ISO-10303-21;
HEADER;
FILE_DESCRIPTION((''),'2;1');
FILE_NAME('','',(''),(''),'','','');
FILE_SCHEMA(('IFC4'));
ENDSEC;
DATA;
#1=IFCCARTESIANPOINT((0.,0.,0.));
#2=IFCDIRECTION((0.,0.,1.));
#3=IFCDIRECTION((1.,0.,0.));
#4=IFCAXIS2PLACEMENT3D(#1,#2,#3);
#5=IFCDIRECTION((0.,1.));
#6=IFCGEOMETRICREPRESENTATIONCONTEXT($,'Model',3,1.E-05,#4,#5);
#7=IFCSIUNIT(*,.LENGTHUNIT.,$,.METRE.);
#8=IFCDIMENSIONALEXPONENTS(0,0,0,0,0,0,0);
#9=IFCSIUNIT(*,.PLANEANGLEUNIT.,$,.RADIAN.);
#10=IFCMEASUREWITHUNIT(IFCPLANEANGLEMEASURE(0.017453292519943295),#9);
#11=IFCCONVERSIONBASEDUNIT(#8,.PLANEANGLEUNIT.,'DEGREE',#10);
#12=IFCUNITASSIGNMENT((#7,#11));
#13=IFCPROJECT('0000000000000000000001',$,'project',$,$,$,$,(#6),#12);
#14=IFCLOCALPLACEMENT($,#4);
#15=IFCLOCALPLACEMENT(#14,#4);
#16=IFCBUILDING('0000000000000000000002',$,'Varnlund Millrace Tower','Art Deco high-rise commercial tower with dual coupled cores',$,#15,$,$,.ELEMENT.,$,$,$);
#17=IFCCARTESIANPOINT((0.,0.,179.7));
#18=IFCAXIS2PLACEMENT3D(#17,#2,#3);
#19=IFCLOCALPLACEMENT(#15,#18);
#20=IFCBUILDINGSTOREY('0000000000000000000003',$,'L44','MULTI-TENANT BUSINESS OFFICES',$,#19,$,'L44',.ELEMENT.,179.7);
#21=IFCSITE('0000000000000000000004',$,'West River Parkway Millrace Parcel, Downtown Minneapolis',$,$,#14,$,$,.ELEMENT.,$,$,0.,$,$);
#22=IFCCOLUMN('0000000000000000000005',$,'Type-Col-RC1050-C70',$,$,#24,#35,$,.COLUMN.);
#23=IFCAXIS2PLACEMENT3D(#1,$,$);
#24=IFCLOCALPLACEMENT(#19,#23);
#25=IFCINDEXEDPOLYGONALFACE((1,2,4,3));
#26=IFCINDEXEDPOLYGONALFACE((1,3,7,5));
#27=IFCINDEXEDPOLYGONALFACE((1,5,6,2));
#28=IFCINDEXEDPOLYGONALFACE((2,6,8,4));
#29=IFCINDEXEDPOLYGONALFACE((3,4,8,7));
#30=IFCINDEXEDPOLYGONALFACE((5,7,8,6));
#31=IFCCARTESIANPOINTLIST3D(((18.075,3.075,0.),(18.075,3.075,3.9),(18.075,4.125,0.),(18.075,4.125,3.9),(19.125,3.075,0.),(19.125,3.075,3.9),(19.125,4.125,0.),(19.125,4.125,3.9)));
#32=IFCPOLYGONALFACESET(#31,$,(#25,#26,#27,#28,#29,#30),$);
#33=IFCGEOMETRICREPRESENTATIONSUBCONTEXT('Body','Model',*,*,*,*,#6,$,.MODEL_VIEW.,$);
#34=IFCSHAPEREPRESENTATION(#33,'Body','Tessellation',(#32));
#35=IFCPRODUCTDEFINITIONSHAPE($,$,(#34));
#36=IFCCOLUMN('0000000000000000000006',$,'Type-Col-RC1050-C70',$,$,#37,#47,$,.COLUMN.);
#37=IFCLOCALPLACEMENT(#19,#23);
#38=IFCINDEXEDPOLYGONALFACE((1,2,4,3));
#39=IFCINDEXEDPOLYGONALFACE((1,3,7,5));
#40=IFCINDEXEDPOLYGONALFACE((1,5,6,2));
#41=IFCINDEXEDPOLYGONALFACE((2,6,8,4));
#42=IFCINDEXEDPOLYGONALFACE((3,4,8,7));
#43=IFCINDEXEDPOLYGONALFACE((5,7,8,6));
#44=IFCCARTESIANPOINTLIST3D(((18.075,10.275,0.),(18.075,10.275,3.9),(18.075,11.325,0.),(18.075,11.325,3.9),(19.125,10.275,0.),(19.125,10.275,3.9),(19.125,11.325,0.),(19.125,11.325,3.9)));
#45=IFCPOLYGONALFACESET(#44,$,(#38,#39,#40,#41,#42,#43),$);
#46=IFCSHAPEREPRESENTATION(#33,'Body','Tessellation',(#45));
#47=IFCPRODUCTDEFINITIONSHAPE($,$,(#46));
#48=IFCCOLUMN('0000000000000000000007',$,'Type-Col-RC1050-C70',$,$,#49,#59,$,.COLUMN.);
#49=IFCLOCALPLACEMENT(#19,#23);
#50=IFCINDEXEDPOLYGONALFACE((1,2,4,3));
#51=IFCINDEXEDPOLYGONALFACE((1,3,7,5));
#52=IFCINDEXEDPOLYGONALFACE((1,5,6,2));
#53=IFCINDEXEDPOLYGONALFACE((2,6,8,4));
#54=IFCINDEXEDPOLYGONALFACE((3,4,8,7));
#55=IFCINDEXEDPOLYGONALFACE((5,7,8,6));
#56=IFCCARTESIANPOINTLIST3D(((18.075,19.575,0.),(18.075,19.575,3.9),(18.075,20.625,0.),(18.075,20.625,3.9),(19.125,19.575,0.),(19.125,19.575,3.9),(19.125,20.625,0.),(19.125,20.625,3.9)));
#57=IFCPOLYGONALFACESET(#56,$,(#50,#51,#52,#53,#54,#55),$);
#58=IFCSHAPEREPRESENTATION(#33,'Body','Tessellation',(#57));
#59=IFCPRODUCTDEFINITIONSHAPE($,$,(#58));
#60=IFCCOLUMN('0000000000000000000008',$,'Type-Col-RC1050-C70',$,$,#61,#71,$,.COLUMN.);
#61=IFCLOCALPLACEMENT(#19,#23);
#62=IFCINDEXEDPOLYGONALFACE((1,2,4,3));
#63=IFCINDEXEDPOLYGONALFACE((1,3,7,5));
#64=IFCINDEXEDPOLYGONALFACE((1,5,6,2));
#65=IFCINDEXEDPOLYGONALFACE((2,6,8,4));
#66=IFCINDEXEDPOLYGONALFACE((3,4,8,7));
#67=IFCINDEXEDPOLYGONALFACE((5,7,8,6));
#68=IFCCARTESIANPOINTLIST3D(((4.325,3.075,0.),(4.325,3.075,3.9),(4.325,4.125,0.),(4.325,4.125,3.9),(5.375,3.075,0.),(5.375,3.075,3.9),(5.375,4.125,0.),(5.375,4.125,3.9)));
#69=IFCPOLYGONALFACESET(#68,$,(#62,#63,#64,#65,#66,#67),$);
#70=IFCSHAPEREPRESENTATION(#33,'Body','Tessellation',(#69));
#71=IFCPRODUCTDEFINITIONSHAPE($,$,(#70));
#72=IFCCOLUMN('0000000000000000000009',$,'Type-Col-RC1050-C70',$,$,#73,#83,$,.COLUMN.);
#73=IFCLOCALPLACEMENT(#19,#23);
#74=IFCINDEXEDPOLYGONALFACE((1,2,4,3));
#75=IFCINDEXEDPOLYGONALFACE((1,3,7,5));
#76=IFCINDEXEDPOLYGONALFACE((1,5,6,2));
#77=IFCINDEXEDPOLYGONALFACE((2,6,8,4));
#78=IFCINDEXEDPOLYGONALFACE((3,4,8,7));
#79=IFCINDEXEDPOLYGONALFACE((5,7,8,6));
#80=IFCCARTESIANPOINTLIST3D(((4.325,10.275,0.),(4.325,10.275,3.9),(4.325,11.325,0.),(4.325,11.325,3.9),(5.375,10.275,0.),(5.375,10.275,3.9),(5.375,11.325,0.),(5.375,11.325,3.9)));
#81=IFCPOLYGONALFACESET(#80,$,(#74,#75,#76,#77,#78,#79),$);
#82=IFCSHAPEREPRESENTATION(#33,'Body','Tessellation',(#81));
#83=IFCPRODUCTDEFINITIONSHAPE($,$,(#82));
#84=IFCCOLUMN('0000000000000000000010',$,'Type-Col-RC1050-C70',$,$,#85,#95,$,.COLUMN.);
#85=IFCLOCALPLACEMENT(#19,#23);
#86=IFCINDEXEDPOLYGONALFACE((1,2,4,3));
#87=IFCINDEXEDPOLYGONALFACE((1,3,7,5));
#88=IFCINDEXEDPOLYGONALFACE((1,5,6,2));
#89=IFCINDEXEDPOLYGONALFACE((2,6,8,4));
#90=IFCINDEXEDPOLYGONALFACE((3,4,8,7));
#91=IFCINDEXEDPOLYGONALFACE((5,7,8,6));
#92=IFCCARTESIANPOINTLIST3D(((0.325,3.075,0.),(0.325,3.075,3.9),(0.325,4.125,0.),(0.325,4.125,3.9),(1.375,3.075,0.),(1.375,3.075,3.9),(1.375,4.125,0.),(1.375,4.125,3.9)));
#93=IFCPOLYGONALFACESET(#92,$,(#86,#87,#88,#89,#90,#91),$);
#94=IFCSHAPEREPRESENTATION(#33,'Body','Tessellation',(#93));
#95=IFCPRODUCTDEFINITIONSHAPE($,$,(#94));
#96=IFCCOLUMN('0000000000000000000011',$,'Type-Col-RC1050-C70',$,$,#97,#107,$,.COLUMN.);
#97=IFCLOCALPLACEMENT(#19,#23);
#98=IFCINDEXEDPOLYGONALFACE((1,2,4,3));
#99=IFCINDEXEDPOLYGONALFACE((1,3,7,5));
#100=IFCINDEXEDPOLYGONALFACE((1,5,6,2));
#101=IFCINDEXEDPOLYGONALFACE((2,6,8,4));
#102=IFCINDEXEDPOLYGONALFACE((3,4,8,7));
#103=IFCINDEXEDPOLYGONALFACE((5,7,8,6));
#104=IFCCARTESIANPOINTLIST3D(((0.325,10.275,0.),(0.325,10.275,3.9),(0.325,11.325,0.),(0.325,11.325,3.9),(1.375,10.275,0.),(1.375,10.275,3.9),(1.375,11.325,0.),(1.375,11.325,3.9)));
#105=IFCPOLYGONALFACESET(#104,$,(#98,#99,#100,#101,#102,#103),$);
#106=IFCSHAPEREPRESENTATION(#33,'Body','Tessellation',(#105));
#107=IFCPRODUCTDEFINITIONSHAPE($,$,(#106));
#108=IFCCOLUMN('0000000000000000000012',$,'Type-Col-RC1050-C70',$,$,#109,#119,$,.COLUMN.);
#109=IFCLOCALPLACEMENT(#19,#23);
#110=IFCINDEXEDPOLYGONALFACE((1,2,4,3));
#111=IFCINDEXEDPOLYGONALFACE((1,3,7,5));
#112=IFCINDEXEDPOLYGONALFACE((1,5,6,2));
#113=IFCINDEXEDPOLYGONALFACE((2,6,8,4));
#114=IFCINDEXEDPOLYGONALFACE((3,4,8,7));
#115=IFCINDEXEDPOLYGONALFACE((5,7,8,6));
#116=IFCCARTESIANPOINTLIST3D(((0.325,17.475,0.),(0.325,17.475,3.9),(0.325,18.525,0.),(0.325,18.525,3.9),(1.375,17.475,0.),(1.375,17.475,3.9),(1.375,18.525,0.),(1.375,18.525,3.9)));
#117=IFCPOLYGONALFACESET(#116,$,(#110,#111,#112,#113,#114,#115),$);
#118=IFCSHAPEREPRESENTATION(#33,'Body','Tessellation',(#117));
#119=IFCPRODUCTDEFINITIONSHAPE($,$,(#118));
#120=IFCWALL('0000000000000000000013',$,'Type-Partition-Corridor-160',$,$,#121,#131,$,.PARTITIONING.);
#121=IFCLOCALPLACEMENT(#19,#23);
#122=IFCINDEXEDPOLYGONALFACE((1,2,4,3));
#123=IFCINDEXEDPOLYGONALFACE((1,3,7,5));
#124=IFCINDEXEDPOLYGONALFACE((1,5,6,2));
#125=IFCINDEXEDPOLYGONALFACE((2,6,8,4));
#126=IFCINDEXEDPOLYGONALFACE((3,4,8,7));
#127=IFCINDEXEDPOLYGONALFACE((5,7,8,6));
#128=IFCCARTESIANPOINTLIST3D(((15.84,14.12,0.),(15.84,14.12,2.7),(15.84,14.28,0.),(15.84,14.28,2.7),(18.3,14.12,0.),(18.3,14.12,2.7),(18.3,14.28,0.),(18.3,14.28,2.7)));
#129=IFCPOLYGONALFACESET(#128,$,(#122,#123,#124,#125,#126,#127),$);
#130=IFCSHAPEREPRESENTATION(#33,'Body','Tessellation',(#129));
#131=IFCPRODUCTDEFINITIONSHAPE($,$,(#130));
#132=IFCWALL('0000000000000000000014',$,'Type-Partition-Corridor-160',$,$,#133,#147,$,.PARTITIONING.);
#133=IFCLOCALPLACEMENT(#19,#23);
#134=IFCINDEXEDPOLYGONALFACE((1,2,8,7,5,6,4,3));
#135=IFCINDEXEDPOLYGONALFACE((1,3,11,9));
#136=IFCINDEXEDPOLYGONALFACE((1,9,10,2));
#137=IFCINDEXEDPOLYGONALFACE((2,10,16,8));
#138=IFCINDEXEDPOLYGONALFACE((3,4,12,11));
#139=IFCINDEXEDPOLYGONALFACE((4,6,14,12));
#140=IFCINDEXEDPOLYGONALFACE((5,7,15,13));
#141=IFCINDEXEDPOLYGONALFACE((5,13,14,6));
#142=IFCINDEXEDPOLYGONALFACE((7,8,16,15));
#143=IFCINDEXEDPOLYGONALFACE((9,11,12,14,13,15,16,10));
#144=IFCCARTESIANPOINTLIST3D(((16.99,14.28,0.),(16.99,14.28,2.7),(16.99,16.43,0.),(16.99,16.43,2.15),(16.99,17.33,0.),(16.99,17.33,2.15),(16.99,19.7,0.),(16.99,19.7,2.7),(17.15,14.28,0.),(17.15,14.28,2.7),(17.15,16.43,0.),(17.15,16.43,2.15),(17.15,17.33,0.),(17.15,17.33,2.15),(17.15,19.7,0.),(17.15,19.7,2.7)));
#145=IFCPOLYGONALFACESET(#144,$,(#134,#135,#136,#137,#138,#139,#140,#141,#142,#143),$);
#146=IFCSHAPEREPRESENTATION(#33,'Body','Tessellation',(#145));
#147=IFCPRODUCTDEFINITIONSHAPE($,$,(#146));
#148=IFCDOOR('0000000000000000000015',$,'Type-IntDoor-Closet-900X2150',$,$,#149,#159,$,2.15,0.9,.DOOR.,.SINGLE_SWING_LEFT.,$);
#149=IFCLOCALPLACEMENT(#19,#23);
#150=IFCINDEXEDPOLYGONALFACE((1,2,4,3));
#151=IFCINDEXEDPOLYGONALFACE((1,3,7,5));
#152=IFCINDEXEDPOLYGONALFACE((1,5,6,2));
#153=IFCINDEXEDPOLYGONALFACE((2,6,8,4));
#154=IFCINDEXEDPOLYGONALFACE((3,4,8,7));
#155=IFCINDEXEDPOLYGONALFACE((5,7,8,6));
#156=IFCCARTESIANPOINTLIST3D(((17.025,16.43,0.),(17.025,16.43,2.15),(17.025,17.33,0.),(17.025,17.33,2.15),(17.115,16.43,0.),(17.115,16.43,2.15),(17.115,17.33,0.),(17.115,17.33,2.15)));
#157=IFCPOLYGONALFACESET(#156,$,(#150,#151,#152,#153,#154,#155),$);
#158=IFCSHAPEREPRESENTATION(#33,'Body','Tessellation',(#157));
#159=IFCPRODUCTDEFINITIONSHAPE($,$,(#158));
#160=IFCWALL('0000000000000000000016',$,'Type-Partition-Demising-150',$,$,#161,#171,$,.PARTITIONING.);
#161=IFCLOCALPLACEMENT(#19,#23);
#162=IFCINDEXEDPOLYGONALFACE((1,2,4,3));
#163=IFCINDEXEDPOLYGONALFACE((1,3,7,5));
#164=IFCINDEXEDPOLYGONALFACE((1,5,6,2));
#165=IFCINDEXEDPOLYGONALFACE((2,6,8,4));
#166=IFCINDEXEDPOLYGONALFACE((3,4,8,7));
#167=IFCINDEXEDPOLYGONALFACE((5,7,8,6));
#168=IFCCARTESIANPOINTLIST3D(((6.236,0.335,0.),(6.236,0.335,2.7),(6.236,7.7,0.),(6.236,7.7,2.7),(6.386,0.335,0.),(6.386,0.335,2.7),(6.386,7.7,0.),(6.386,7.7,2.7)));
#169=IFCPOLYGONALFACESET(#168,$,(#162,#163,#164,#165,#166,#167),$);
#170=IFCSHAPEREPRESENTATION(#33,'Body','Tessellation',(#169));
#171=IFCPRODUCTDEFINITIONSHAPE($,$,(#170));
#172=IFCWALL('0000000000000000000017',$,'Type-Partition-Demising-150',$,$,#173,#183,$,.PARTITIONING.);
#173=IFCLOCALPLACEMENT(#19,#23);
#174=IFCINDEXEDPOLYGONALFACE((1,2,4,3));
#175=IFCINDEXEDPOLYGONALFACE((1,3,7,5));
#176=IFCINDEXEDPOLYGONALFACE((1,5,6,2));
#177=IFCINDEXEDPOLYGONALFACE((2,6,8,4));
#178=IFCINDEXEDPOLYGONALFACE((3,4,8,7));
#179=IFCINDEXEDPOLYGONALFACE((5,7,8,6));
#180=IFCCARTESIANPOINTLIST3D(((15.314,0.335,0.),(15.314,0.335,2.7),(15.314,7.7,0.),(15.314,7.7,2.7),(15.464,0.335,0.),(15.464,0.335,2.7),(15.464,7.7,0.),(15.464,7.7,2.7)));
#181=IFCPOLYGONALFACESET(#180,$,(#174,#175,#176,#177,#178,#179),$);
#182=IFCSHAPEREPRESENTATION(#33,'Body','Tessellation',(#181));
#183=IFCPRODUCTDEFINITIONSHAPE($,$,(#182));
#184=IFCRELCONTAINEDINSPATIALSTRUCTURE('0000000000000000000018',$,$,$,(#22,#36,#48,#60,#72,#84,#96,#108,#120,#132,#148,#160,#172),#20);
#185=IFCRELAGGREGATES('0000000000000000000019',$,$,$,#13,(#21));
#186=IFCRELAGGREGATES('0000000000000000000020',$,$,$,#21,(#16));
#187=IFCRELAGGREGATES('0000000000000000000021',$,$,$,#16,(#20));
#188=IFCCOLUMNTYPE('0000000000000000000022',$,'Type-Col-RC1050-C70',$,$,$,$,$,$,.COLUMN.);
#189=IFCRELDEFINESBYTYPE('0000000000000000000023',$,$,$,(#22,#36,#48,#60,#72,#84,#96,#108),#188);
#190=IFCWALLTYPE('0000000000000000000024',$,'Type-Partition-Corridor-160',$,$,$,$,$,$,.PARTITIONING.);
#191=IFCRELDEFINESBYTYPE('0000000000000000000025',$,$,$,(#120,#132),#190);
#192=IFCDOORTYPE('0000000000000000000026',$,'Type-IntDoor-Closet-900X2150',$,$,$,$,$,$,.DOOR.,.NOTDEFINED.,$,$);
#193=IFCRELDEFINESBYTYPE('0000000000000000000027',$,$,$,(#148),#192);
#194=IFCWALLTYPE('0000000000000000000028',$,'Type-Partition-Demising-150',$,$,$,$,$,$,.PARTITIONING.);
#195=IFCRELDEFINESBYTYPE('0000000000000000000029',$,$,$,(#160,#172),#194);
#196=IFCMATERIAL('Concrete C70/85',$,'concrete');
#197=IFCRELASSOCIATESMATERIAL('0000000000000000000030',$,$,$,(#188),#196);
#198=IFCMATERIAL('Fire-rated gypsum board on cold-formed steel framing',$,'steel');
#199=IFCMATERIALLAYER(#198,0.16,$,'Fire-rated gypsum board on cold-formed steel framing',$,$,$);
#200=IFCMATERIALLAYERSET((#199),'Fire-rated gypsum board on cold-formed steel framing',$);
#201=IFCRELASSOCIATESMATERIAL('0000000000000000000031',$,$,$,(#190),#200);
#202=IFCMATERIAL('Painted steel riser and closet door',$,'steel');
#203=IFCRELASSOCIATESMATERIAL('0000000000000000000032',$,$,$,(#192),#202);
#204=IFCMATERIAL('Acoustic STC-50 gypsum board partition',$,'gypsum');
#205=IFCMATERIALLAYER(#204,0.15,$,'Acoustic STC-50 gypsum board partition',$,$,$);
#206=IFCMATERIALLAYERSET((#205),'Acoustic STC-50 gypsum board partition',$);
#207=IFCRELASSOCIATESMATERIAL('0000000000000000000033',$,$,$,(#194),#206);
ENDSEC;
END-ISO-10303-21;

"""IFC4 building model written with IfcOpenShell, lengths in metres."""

from ifc_helpers import new_model, entity, si_unit, converted_unit, direction, frame, origin_with_axes, origin_2d_with_axis, place, context, subcontext, project, spatial, polyline, rectangle, outline, extrude, material, layer, layer_set, material_profile, profile_set, type_object, element, fill, save


model = new_model("IFC4")

# Units and contexts
model_context = context("Model", 3, precision=1e-05, world=origin_with_axes(), true_north=direction((0.0, 1.0)))
body_context = subcontext(model_context, "Body", "Model", "MODEL_VIEW")
ifc_project = project(units=[si_unit("LENGTHUNIT", "METRE"), converted_unit("PLANEANGLEUNIT", "DEGREE", entity("IfcPlaneAngleMeasure", 0.017453292519943295), si_unit("PLANEANGLEUNIT", "RADIAN"), dimensions=[0, 0, 0, 0, 0, 0, 0])], contexts=[model_context])

# Site, building, storey
site_placement = place(None, origin_with_axes())
site = spatial("IfcSite", under=ifc_project, at=site_placement, Name="West River Parkway Millrace Parcel, Downtown Minneapolis", CompositionType="ELEMENT", RefElevation=0.0)
building_placement = place(site_placement, origin_with_axes())
building = spatial("IfcBuilding", under=site, at=building_placement, Name="Varnlund Millrace Tower", Description="Art Deco high-rise commercial tower with dual coupled cores", CompositionType="ELEMENT")
storey_placement = place(building_placement, frame((0.0, 0.0, 179.7), z_axis=(0.0, 0.0, 1.0), x_axis=(1.0, 0.0, 0.0)))
storey = spatial("IfcBuildingStorey", under=building, at=storey_placement, Name="L44", Description="MULTI-TENANT BUSINESS OFFICES", LongName="L44", CompositionType="ELEMENT", Elevation=179.7)

# Columns
ifc_material_1 = material(Name="Concrete C70/85", Category="concrete")
ifc_material_profile = material_profile(ifc_material_1, rectangle(XDim=1.05, YDim=1.05, at=origin_2d_with_axis()), Name="Concrete C70/85")
ifc_profile_set = profile_set([ifc_material_profile], Name="Concrete C70/85")
column_type = type_object("IfcColumnType", Name="Type-Col-RC1050-C70", PredefinedType="COLUMN", material=ifc_profile_set)
for number, where, z_axis, x_axis, name in (
    (1, (18.6, 3.6, 0.0), (0.0, 0.0, 1.0), (1.0, 0.0, 0.0), "Type-Col-RC1050-C70"),
    (2, (18.6, 10.8, 0.0), (0.0, 0.0, 1.0), (1.0, 0.0, 0.0), "Type-Col-RC1050-C70"),
    (3, (18.6, 20.1, 0.0), (0.0, 0.0, 1.0), (1.0, 0.0, 0.0), "Type-Col-RC1050-C70"),
    (4, (4.85, 3.6, 0.0), (0.0, 0.0, 1.0), (1.0, 0.0, 0.0), "Type-Col-RC1050-C70"),
    (5, (4.85, 10.8, 0.0), (0.0, 0.0, 1.0), (1.0, 0.0, 0.0), "Type-Col-RC1050-C70"),
    (6, (0.85, 3.6, 0.0), (0.0, 0.0, 1.0), (1.0, 0.0, 0.0), "Type-Col-RC1050-C70"),
    (7, (0.85, 10.8, 0.0), (0.0, 0.0, 1.0), (1.0, 0.0, 0.0), "Type-Col-RC1050-C70"),
    (8, (0.85, 18.0, 0.0), (0.0, 0.0, 1.0), (1.0, 0.0, 0.0), "Type-Col-RC1050-C70"),
):
    element("IfcColumn", number, at=place(storey_placement, frame(where, z_axis=z_axis, x_axis=x_axis)), inside=storey, type_object=column_type, Name=name, PredefinedType="COLUMN", context=body_context, shape_type="SweptSolid", body=[
        extrude(rectangle(XDim=1.05, YDim=1.05, at=origin_2d_with_axis()), origin_with_axes(), (0.0, 0.0, 1.0), 3.9),
    ])

# Wall
ifc_material_2 = material(Name="Fire-rated gypsum board on cold-formed steel framing", Category="steel")
ifc_layer_1 = layer(ifc_material_2, 0.16, Name="Fire-rated gypsum board on cold-formed steel framing")
ifc_layer_set_1 = layer_set([ifc_layer_1], Name="Fire-rated gypsum board on cold-formed steel framing")
wall_type_1 = type_object("IfcWallType", Name="Type-Partition-Corridor-160", PredefinedType="PARTITIONING", material=ifc_layer_set_1)
wall_1_placement = place(storey_placement, frame((15.84, 14.2, 0.0), z_axis=(0.0, 0.0, 1.0), x_axis=(1.0, 0.0, 0.0)))
element("IfcWall", 9, at=wall_1_placement, inside=storey, type_object=wall_type_1, Name="Type-Partition-Corridor-160", PredefinedType="PARTITIONING", context=body_context, shape_type="SweptSolid", body=[
    extrude(outline(polyline([(0.0, -0.08), (2.46, -0.08), (2.46, 0.08), (0.0, 0.08), (0.0, -0.08)])), origin_with_axes(), (0.0, 0.0, 1.0), 2.7),
])

# Wall, opening, door
wall_2_placement = place(storey_placement, frame((17.07, 14.28, 0.0), z_axis=(0.0, 0.0, 1.0), x_axis=(0.0, 1.0, 0.0)))
wall_2 = element("IfcWall", 10, at=wall_2_placement, inside=storey, type_object=wall_type_1, Name="Type-Partition-Corridor-160", PredefinedType="PARTITIONING", context=body_context, shape_type="SweptSolid", body=[
    extrude(outline(polyline([(0.0, -0.08), (5.42, -0.08), (5.42, 0.08), (0.0, 0.08), (0.0, -0.08)])), origin_with_axes(), (0.0, 0.0, 1.0), 2.7),
])
opening_1_placement = place(wall_2_placement, frame((2.6, 0.0, 0.0), z_axis=(0.0, 0.0, 1.0), x_axis=(1.0, 0.0, 0.0)))
opening_1 = element("IfcOpeningElement", 11, at=opening_1_placement, cuts=wall_2, PredefinedType="OPENING", context=body_context, shape_type="SweptSolid", body=[
    extrude(rectangle(XDim=0.9, YDim=0.18, at=origin_2d_with_axis()), origin_with_axes(), (0.0, 0.0, 1.0), 2.15),
])
ifc_material_3 = material(Name="Painted steel riser and closet door", Category="steel")
door_type_1 = type_object("IfcDoorType", Name="Type-IntDoor-Closet-900X2150", OperationType="NOTDEFINED", PredefinedType="DOOR", material=ifc_material_3)
door_1_placement = place(wall_2_placement, frame((2.6, 0.0, 0.0), z_axis=(0.0, 0.0, 1.0), x_axis=(1.0, 0.0, 0.0)))
door_1 = element("IfcDoor", 12, at=door_1_placement, inside=storey, type_object=door_type_1, Name="Type-IntDoor-Closet-900X2150", OperationType="SINGLE_SWING_LEFT", OverallHeight=2.15, OverallWidth=0.9, PredefinedType="DOOR", context=body_context, shape_type="SweptSolid", body=[
    extrude(rectangle(XDim=0.9, YDim=0.09, at=origin_2d_with_axis()), origin_with_axes(), (0.0, 0.0, 1.0), 2.15),
])
fill(opening_1, door_1)

# Walls
ifc_material_4 = material(Name="Acoustic STC-50 gypsum board partition", Category="gypsum")
ifc_layer_2 = layer(ifc_material_4, 0.15, Name="Acoustic STC-50 gypsum board partition")
ifc_layer_set_2 = layer_set([ifc_layer_2], Name="Acoustic STC-50 gypsum board partition")
wall_type_2 = type_object("IfcWallType", Name="Type-Partition-Demising-150", PredefinedType="PARTITIONING", material=ifc_layer_set_2)
for number, where, z_axis, x_axis, name in (
    (13, (6.311, 0.335, 0.0), (0.0, 0.0, 1.0), (0.0, 1.0, 0.0), "Type-Partition-Demising-150"),
    (14, (15.389, 0.335, 0.0), (0.0, 0.0, 1.0), (0.0, 1.0, 0.0), "Type-Partition-Demising-150"),
):
    element("IfcWall", number, at=place(storey_placement, frame(where, z_axis=z_axis, x_axis=x_axis)), inside=storey, type_object=wall_type_2, Name=name, PredefinedType="PARTITIONING", context=body_context, shape_type="SweptSolid", body=[
        extrude(outline(polyline([(0.0, -0.075), (7.365, -0.075), (7.365, 0.075), (0.0, 0.075), (0.0, -0.075)])), origin_with_axes(), (0.0, 0.0, 1.0), 2.7),
    ])

save(model, "model.ifc")
